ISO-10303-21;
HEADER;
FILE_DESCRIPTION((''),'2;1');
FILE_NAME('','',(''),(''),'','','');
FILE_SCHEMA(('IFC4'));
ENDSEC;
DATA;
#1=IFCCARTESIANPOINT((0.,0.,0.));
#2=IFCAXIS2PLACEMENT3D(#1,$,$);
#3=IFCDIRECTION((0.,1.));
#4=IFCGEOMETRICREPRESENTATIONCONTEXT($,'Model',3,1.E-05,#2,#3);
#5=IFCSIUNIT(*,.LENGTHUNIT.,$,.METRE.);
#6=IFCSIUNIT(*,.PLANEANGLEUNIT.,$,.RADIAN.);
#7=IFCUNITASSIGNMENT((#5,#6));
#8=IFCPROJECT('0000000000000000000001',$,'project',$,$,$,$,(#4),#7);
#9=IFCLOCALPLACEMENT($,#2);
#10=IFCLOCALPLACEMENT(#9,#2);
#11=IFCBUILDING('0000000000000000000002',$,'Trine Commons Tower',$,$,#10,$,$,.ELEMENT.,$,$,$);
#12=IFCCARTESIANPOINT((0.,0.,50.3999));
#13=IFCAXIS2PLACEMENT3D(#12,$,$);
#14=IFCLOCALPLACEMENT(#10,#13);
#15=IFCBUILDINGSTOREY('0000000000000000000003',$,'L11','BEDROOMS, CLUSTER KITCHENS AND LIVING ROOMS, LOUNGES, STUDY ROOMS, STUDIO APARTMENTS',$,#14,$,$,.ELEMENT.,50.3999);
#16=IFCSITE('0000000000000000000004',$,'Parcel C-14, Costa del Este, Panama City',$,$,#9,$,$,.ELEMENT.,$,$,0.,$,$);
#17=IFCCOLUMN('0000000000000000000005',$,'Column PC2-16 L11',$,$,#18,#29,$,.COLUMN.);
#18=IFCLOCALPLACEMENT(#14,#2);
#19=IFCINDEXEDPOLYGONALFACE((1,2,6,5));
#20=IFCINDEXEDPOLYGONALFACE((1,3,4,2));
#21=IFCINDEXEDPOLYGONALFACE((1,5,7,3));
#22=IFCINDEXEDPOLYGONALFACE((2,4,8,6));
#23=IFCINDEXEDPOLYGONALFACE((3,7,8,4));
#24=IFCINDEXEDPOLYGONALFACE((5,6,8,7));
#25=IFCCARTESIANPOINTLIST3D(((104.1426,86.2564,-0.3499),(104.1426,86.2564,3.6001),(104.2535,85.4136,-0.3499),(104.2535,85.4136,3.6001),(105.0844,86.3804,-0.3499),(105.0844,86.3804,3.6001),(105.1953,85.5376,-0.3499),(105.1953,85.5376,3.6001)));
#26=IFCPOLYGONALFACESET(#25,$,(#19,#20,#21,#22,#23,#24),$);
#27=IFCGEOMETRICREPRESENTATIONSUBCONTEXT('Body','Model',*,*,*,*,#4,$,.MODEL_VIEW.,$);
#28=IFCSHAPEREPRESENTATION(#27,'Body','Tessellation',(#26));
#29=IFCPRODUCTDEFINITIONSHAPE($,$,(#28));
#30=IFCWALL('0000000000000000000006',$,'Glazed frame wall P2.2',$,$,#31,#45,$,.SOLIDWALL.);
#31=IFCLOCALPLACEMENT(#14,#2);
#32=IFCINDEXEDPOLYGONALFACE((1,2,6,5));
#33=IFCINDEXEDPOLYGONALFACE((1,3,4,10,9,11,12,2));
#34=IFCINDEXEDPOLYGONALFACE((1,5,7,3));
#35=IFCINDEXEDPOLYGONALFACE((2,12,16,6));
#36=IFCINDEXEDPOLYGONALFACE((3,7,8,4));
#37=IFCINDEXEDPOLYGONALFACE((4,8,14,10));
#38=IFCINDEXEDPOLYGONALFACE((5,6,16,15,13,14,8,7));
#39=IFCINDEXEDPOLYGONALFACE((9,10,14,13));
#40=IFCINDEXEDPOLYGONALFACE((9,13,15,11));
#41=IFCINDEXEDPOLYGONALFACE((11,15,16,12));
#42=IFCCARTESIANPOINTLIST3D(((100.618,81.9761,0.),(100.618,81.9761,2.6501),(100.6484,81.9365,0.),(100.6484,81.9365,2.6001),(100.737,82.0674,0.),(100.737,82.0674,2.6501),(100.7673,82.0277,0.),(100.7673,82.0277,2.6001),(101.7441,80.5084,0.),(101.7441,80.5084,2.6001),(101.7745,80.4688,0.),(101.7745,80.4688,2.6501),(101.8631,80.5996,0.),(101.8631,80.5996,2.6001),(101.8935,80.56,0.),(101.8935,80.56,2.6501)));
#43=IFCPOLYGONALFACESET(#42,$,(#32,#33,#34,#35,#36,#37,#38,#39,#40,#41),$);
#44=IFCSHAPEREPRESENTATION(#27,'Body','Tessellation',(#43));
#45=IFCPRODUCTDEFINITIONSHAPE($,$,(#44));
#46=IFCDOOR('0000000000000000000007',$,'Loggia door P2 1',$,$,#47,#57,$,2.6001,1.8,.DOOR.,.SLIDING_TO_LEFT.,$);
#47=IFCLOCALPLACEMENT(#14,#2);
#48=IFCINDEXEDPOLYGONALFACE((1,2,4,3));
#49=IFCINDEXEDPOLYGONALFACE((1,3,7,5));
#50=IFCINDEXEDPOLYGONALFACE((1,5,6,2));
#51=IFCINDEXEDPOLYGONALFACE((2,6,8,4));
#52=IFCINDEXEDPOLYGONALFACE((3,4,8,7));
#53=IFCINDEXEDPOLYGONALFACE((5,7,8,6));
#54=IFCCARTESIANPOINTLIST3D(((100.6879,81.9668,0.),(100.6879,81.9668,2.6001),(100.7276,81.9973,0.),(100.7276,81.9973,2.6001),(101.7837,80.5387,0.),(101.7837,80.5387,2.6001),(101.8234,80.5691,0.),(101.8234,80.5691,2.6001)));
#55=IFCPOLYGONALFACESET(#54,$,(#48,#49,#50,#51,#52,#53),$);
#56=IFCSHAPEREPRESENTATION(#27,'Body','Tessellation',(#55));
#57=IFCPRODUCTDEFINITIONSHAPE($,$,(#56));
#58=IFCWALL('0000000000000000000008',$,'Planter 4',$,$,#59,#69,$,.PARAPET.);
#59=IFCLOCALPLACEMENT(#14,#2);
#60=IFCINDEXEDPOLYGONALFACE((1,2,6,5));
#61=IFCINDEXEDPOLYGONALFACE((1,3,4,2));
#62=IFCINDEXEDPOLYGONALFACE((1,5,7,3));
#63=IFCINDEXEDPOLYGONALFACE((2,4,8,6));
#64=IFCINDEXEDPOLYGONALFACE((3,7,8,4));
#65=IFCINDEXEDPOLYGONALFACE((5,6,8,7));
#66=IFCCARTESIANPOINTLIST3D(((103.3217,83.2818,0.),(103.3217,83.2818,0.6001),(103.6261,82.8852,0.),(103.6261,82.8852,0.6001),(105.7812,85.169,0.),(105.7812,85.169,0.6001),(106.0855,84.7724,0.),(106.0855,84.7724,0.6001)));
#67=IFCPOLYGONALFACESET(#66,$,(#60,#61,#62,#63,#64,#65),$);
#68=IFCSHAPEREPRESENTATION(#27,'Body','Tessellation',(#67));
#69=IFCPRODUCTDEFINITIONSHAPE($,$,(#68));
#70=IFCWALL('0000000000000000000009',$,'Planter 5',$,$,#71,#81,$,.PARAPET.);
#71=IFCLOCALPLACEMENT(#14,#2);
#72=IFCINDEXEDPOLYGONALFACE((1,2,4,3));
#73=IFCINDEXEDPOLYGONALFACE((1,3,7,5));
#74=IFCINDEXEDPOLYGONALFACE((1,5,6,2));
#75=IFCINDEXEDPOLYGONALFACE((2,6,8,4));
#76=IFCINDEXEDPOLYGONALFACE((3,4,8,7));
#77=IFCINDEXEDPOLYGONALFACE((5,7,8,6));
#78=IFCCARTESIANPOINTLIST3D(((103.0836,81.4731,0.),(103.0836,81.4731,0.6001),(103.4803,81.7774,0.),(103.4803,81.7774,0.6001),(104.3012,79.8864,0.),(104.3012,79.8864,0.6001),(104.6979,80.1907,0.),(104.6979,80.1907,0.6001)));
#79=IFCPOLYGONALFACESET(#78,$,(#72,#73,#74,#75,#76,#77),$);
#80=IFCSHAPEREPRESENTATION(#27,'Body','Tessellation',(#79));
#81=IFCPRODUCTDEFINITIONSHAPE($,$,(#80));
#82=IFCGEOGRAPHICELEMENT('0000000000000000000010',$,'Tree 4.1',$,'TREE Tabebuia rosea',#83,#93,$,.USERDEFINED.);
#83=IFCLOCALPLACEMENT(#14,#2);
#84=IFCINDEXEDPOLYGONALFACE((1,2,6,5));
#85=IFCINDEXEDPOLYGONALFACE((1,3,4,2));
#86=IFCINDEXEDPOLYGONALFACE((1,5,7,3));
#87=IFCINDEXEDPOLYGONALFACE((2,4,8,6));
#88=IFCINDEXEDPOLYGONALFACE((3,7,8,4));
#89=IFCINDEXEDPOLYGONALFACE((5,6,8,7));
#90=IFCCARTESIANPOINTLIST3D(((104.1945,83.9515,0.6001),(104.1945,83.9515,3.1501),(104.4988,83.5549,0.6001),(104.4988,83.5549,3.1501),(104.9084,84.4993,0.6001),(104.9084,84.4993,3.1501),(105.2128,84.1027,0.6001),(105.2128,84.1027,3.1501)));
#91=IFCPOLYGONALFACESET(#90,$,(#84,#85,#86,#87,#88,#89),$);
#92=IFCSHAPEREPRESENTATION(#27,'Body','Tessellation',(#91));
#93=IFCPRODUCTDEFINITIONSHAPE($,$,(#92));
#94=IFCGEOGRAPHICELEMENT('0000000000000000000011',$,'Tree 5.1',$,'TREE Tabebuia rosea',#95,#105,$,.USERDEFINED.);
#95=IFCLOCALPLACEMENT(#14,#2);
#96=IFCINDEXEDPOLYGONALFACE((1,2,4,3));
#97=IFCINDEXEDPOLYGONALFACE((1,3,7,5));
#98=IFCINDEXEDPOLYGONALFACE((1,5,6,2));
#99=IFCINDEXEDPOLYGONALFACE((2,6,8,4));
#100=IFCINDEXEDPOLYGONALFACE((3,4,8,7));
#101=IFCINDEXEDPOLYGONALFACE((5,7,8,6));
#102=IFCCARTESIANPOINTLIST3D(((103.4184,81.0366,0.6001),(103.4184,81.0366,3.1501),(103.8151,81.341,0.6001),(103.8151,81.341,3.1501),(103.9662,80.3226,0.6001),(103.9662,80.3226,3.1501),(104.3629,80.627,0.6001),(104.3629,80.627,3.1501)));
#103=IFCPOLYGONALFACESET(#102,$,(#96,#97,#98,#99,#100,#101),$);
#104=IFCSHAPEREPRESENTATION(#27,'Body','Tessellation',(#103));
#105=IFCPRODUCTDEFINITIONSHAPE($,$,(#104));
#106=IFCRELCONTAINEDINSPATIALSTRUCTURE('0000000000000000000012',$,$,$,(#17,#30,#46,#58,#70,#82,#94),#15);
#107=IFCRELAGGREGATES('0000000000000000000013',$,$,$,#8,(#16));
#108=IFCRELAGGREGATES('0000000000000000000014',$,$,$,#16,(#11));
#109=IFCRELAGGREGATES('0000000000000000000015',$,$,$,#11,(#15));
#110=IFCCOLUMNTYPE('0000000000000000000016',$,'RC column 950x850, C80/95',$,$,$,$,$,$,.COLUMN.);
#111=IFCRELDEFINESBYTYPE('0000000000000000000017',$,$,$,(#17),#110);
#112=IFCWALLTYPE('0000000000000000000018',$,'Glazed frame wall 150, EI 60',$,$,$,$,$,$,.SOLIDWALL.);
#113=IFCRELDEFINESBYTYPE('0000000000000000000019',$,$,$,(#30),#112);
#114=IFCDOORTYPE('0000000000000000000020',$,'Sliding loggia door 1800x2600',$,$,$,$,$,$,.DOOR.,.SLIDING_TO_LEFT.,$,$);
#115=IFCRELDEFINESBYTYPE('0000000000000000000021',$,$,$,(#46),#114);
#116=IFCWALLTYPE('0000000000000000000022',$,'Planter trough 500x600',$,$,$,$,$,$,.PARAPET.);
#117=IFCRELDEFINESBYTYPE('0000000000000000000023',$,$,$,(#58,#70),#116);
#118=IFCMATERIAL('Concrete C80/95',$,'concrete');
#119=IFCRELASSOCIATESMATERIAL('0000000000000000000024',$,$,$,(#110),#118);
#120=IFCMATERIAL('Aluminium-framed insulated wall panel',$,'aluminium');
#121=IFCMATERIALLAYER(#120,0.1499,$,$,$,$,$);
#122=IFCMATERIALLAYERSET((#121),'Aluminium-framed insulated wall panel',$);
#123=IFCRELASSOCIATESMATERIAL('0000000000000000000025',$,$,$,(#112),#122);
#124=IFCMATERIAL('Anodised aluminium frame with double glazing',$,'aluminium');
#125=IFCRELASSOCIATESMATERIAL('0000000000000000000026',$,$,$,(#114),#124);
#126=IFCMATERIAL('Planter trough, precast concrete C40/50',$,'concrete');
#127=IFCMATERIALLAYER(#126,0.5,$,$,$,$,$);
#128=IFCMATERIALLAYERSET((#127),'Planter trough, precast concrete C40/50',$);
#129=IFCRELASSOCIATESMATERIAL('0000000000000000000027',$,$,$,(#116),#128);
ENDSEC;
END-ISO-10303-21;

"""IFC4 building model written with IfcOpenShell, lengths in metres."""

from ifc_helpers import new_model, si_unit, direction, frame, frame_2d, origin, origin_2d, place, context, subcontext, project, spatial, polyline, rectangle, outline, extrude, material, layer, layer_set, material_profile, profile_set, type_object, element, fill, save


model = new_model("IFC4")

# Units and contexts
model_context = context("Model", 3, precision=1e-05, world=origin(), true_north=direction((0.0, 1.0)))
body_context = subcontext(model_context, "Body", "Model", "MODEL_VIEW")
ifc_project = project(units=[si_unit("LENGTHUNIT", "METRE"), si_unit("PLANEANGLEUNIT", "RADIAN")], contexts=[model_context])

# Site, building, storey
site_placement = place(None, origin())
site = spatial("IfcSite", under=ifc_project, at=site_placement, Name="Parcel C-14, Costa del Este, Panama City", CompositionType="ELEMENT", RefElevation=0.0)
building_placement = place(site_placement, origin())
building = spatial("IfcBuilding", under=site, at=building_placement, Name="Trine Commons Tower", CompositionType="ELEMENT")
storey_placement = place(building_placement, frame((0.0, 0.0, 50.3999)))
storey = spatial("IfcBuildingStorey", under=building, at=storey_placement, Name="L11", Description="BEDROOMS, CLUSTER KITCHENS AND LIVING ROOMS, LOUNGES, STUDY ROOMS, STUDIO APARTMENTS", CompositionType="ELEMENT", Elevation=50.3999)

# Column
ifc_material_1 = material(Name="Concrete C80/95", Category="concrete")
ifc_material_profile = material_profile(ifc_material_1, rectangle(XDim=0.95, YDim=0.8501, at=origin_2d()), Name="RC 950x850")
ifc_profile_set = profile_set([ifc_material_profile], Name="Concrete C80/95")
column_type = type_object("IfcColumnType", Name="RC column 950x850, C80/95", PredefinedType="COLUMN", material=ifc_profile_set)
column_placement = place(storey_placement, frame((104.6689, 85.897, -0.3499), z_axis=(0.0, 0.0, 1.0), x_axis=(0.991445, 0.130526, 0.0)))
element("IfcColumn", 1, at=column_placement, inside=storey, type_object=column_type, Name="Column PC2-16 L11", PredefinedType="COLUMN", context=body_context, shape_type="SweptSolid", body=[
    extrude(rectangle(XDim=0.95, YDim=0.8501, at=origin_2d()), origin(), (0.0, 0.0, 1.0), 3.95),
])

# Shared definitions
ifc_material_2 = material(Name="Aluminium-framed insulated wall panel", Category="aluminium")
ifc_layer_1 = layer(ifc_material_2, 0.1499)
ifc_layer_set_1 = layer_set([ifc_layer_1], Name="Aluminium-framed insulated wall panel")
wall_type_1 = type_object("IfcWallType", Name="Glazed frame wall 150, EI 60", PredefinedType="SOLIDWALL", material=ifc_layer_set_1)

# Wall, opening, door
wall_1_placement = place(storey_placement, frame((100.6775, 82.0217, 0.0), z_axis=(0.0, 0.0, 1.0), x_axis=(0.608723, -0.793383, 0.0)))
wall_1 = element("IfcWall", 2, at=wall_1_placement, inside=storey, type_object=wall_type_1, Name="Glazed frame wall P2.2", PredefinedType="SOLIDWALL", context=body_context, shape_type="SweptSolid", body=[
    extrude(outline(polyline([(0.0, -0.075), (1.8999, -0.075), (1.8999, 0.075), (0.0, 0.075), (0.0, -0.075)])), origin(), (0.0, 0.0, 1.0), 2.6501),
])
opening_placement = place(wall_1_placement, frame((0.05, 0.0, 0.0)))
opening = element("IfcOpeningElement", 3, at=opening_placement, cuts=wall_1, PredefinedType="OPENING", context=body_context, shape_type="SweptSolid", body=[
    extrude(rectangle(XDim=1.8, YDim=2.6001, at=frame_2d((0.8999, 1.3))), frame((0.0, 0.085, 0.0), z_axis=(0.0, -1.0, 0.0), x_axis=(1.0, 0.0, 0.0)), (0.0, 0.0, 1.0), 0.1699),
])
ifc_material_3 = material(Name="Anodised aluminium frame with double glazing", Category="aluminium")
door_type = type_object("IfcDoorType", Name="Sliding loggia door 1800x2600", OperationType="SLIDING_TO_LEFT", PredefinedType="DOOR", material=ifc_material_3)
door_placement = place(opening_placement, origin())
door = element("IfcDoor", 4, at=door_placement, inside=storey, type_object=door_type, Name="Loggia door P2 1", OperationType="SLIDING_TO_LEFT", OverallHeight=2.6001, OverallWidth=1.8, PredefinedType="DOOR", context=body_context, shape_type="SweptSolid", body=[
    extrude(rectangle(XDim=1.8, YDim=2.6001, at=frame_2d((0.8999, 1.3))), frame((0.0, 0.0249, 0.0), z_axis=(0.0, -1.0, 0.0), x_axis=(1.0, 0.0, 0.0)), (0.0, 0.0, 1.0), 0.05),
])
fill(opening, door)

# Walls
ifc_material_4 = material(Name="Planter trough, precast concrete C40/50", Category="concrete")
ifc_layer_2 = layer(ifc_material_4, 0.5)
ifc_layer_set_2 = layer_set([ifc_layer_2], Name="Planter trough, precast concrete C40/50")
wall_type_2 = type_object("IfcWallType", Name="Planter trough 500x600", PredefinedType="PARAPET", material=ifc_layer_set_2)
wall_2_placement = place(storey_placement, frame((105.9333, 84.9707, 0.0), z_axis=(0.0, 0.0, 1.0), x_axis=(-0.793355, -0.608759, 0.0)))
element("IfcWall", 5, at=wall_2_placement, inside=storey, type_object=wall_type_2, Name="Planter 4", PredefinedType="PARAPET", context=body_context, shape_type="SweptSolid", body=[
    extrude(rectangle(XDim=3.1001, YDim=0.5, at=frame_2d((1.55, 0.0))), origin(), (0.0, 0.0, 1.0), 0.6001),
])
wall_3_placement = place(storey_placement, frame((103.282, 81.6252, 0.0), z_axis=(0.0, 0.0, 1.0), x_axis=(0.608772, -0.793345, 0.0)))
element("IfcWall", 6, at=wall_3_placement, inside=storey, type_object=wall_type_2, Name="Planter 5", PredefinedType="PARAPET", context=body_context, shape_type="SweptSolid", body=[
    extrude(rectangle(XDim=2.0, YDim=0.5, at=frame_2d((1.0, 0.0))), origin(), (0.0, 0.0, 1.0), 0.6001),
])

# Geographic elements
for number, where, z_axis, x_axis, name in (
    (7, (104.7036, 84.0271, 0.6001), (0.0, 0.0, 1.0), (-0.793359, -0.608755, 0.0), "Tree 4.1"),
    (8, (103.8906, 80.8318, 0.6001), (0.0, 0.0, 1.0), (0.608735, -0.793374, 0.0), "Tree 5.1"),
):
    element("IfcGeographicElement", number, at=place(storey_placement, frame(where, z_axis=z_axis, x_axis=x_axis)), inside=storey, Name=name, ObjectType="TREE Tabebuia rosea", PredefinedType="USERDEFINED", context=body_context, shape_type="SweptSolid", body=[
        extrude(rectangle(XDim=0.8999, YDim=0.5, at=origin_2d()), origin(), (0.0, 0.0, 1.0), 2.55),
    ])

save(model, "model.ifc")
